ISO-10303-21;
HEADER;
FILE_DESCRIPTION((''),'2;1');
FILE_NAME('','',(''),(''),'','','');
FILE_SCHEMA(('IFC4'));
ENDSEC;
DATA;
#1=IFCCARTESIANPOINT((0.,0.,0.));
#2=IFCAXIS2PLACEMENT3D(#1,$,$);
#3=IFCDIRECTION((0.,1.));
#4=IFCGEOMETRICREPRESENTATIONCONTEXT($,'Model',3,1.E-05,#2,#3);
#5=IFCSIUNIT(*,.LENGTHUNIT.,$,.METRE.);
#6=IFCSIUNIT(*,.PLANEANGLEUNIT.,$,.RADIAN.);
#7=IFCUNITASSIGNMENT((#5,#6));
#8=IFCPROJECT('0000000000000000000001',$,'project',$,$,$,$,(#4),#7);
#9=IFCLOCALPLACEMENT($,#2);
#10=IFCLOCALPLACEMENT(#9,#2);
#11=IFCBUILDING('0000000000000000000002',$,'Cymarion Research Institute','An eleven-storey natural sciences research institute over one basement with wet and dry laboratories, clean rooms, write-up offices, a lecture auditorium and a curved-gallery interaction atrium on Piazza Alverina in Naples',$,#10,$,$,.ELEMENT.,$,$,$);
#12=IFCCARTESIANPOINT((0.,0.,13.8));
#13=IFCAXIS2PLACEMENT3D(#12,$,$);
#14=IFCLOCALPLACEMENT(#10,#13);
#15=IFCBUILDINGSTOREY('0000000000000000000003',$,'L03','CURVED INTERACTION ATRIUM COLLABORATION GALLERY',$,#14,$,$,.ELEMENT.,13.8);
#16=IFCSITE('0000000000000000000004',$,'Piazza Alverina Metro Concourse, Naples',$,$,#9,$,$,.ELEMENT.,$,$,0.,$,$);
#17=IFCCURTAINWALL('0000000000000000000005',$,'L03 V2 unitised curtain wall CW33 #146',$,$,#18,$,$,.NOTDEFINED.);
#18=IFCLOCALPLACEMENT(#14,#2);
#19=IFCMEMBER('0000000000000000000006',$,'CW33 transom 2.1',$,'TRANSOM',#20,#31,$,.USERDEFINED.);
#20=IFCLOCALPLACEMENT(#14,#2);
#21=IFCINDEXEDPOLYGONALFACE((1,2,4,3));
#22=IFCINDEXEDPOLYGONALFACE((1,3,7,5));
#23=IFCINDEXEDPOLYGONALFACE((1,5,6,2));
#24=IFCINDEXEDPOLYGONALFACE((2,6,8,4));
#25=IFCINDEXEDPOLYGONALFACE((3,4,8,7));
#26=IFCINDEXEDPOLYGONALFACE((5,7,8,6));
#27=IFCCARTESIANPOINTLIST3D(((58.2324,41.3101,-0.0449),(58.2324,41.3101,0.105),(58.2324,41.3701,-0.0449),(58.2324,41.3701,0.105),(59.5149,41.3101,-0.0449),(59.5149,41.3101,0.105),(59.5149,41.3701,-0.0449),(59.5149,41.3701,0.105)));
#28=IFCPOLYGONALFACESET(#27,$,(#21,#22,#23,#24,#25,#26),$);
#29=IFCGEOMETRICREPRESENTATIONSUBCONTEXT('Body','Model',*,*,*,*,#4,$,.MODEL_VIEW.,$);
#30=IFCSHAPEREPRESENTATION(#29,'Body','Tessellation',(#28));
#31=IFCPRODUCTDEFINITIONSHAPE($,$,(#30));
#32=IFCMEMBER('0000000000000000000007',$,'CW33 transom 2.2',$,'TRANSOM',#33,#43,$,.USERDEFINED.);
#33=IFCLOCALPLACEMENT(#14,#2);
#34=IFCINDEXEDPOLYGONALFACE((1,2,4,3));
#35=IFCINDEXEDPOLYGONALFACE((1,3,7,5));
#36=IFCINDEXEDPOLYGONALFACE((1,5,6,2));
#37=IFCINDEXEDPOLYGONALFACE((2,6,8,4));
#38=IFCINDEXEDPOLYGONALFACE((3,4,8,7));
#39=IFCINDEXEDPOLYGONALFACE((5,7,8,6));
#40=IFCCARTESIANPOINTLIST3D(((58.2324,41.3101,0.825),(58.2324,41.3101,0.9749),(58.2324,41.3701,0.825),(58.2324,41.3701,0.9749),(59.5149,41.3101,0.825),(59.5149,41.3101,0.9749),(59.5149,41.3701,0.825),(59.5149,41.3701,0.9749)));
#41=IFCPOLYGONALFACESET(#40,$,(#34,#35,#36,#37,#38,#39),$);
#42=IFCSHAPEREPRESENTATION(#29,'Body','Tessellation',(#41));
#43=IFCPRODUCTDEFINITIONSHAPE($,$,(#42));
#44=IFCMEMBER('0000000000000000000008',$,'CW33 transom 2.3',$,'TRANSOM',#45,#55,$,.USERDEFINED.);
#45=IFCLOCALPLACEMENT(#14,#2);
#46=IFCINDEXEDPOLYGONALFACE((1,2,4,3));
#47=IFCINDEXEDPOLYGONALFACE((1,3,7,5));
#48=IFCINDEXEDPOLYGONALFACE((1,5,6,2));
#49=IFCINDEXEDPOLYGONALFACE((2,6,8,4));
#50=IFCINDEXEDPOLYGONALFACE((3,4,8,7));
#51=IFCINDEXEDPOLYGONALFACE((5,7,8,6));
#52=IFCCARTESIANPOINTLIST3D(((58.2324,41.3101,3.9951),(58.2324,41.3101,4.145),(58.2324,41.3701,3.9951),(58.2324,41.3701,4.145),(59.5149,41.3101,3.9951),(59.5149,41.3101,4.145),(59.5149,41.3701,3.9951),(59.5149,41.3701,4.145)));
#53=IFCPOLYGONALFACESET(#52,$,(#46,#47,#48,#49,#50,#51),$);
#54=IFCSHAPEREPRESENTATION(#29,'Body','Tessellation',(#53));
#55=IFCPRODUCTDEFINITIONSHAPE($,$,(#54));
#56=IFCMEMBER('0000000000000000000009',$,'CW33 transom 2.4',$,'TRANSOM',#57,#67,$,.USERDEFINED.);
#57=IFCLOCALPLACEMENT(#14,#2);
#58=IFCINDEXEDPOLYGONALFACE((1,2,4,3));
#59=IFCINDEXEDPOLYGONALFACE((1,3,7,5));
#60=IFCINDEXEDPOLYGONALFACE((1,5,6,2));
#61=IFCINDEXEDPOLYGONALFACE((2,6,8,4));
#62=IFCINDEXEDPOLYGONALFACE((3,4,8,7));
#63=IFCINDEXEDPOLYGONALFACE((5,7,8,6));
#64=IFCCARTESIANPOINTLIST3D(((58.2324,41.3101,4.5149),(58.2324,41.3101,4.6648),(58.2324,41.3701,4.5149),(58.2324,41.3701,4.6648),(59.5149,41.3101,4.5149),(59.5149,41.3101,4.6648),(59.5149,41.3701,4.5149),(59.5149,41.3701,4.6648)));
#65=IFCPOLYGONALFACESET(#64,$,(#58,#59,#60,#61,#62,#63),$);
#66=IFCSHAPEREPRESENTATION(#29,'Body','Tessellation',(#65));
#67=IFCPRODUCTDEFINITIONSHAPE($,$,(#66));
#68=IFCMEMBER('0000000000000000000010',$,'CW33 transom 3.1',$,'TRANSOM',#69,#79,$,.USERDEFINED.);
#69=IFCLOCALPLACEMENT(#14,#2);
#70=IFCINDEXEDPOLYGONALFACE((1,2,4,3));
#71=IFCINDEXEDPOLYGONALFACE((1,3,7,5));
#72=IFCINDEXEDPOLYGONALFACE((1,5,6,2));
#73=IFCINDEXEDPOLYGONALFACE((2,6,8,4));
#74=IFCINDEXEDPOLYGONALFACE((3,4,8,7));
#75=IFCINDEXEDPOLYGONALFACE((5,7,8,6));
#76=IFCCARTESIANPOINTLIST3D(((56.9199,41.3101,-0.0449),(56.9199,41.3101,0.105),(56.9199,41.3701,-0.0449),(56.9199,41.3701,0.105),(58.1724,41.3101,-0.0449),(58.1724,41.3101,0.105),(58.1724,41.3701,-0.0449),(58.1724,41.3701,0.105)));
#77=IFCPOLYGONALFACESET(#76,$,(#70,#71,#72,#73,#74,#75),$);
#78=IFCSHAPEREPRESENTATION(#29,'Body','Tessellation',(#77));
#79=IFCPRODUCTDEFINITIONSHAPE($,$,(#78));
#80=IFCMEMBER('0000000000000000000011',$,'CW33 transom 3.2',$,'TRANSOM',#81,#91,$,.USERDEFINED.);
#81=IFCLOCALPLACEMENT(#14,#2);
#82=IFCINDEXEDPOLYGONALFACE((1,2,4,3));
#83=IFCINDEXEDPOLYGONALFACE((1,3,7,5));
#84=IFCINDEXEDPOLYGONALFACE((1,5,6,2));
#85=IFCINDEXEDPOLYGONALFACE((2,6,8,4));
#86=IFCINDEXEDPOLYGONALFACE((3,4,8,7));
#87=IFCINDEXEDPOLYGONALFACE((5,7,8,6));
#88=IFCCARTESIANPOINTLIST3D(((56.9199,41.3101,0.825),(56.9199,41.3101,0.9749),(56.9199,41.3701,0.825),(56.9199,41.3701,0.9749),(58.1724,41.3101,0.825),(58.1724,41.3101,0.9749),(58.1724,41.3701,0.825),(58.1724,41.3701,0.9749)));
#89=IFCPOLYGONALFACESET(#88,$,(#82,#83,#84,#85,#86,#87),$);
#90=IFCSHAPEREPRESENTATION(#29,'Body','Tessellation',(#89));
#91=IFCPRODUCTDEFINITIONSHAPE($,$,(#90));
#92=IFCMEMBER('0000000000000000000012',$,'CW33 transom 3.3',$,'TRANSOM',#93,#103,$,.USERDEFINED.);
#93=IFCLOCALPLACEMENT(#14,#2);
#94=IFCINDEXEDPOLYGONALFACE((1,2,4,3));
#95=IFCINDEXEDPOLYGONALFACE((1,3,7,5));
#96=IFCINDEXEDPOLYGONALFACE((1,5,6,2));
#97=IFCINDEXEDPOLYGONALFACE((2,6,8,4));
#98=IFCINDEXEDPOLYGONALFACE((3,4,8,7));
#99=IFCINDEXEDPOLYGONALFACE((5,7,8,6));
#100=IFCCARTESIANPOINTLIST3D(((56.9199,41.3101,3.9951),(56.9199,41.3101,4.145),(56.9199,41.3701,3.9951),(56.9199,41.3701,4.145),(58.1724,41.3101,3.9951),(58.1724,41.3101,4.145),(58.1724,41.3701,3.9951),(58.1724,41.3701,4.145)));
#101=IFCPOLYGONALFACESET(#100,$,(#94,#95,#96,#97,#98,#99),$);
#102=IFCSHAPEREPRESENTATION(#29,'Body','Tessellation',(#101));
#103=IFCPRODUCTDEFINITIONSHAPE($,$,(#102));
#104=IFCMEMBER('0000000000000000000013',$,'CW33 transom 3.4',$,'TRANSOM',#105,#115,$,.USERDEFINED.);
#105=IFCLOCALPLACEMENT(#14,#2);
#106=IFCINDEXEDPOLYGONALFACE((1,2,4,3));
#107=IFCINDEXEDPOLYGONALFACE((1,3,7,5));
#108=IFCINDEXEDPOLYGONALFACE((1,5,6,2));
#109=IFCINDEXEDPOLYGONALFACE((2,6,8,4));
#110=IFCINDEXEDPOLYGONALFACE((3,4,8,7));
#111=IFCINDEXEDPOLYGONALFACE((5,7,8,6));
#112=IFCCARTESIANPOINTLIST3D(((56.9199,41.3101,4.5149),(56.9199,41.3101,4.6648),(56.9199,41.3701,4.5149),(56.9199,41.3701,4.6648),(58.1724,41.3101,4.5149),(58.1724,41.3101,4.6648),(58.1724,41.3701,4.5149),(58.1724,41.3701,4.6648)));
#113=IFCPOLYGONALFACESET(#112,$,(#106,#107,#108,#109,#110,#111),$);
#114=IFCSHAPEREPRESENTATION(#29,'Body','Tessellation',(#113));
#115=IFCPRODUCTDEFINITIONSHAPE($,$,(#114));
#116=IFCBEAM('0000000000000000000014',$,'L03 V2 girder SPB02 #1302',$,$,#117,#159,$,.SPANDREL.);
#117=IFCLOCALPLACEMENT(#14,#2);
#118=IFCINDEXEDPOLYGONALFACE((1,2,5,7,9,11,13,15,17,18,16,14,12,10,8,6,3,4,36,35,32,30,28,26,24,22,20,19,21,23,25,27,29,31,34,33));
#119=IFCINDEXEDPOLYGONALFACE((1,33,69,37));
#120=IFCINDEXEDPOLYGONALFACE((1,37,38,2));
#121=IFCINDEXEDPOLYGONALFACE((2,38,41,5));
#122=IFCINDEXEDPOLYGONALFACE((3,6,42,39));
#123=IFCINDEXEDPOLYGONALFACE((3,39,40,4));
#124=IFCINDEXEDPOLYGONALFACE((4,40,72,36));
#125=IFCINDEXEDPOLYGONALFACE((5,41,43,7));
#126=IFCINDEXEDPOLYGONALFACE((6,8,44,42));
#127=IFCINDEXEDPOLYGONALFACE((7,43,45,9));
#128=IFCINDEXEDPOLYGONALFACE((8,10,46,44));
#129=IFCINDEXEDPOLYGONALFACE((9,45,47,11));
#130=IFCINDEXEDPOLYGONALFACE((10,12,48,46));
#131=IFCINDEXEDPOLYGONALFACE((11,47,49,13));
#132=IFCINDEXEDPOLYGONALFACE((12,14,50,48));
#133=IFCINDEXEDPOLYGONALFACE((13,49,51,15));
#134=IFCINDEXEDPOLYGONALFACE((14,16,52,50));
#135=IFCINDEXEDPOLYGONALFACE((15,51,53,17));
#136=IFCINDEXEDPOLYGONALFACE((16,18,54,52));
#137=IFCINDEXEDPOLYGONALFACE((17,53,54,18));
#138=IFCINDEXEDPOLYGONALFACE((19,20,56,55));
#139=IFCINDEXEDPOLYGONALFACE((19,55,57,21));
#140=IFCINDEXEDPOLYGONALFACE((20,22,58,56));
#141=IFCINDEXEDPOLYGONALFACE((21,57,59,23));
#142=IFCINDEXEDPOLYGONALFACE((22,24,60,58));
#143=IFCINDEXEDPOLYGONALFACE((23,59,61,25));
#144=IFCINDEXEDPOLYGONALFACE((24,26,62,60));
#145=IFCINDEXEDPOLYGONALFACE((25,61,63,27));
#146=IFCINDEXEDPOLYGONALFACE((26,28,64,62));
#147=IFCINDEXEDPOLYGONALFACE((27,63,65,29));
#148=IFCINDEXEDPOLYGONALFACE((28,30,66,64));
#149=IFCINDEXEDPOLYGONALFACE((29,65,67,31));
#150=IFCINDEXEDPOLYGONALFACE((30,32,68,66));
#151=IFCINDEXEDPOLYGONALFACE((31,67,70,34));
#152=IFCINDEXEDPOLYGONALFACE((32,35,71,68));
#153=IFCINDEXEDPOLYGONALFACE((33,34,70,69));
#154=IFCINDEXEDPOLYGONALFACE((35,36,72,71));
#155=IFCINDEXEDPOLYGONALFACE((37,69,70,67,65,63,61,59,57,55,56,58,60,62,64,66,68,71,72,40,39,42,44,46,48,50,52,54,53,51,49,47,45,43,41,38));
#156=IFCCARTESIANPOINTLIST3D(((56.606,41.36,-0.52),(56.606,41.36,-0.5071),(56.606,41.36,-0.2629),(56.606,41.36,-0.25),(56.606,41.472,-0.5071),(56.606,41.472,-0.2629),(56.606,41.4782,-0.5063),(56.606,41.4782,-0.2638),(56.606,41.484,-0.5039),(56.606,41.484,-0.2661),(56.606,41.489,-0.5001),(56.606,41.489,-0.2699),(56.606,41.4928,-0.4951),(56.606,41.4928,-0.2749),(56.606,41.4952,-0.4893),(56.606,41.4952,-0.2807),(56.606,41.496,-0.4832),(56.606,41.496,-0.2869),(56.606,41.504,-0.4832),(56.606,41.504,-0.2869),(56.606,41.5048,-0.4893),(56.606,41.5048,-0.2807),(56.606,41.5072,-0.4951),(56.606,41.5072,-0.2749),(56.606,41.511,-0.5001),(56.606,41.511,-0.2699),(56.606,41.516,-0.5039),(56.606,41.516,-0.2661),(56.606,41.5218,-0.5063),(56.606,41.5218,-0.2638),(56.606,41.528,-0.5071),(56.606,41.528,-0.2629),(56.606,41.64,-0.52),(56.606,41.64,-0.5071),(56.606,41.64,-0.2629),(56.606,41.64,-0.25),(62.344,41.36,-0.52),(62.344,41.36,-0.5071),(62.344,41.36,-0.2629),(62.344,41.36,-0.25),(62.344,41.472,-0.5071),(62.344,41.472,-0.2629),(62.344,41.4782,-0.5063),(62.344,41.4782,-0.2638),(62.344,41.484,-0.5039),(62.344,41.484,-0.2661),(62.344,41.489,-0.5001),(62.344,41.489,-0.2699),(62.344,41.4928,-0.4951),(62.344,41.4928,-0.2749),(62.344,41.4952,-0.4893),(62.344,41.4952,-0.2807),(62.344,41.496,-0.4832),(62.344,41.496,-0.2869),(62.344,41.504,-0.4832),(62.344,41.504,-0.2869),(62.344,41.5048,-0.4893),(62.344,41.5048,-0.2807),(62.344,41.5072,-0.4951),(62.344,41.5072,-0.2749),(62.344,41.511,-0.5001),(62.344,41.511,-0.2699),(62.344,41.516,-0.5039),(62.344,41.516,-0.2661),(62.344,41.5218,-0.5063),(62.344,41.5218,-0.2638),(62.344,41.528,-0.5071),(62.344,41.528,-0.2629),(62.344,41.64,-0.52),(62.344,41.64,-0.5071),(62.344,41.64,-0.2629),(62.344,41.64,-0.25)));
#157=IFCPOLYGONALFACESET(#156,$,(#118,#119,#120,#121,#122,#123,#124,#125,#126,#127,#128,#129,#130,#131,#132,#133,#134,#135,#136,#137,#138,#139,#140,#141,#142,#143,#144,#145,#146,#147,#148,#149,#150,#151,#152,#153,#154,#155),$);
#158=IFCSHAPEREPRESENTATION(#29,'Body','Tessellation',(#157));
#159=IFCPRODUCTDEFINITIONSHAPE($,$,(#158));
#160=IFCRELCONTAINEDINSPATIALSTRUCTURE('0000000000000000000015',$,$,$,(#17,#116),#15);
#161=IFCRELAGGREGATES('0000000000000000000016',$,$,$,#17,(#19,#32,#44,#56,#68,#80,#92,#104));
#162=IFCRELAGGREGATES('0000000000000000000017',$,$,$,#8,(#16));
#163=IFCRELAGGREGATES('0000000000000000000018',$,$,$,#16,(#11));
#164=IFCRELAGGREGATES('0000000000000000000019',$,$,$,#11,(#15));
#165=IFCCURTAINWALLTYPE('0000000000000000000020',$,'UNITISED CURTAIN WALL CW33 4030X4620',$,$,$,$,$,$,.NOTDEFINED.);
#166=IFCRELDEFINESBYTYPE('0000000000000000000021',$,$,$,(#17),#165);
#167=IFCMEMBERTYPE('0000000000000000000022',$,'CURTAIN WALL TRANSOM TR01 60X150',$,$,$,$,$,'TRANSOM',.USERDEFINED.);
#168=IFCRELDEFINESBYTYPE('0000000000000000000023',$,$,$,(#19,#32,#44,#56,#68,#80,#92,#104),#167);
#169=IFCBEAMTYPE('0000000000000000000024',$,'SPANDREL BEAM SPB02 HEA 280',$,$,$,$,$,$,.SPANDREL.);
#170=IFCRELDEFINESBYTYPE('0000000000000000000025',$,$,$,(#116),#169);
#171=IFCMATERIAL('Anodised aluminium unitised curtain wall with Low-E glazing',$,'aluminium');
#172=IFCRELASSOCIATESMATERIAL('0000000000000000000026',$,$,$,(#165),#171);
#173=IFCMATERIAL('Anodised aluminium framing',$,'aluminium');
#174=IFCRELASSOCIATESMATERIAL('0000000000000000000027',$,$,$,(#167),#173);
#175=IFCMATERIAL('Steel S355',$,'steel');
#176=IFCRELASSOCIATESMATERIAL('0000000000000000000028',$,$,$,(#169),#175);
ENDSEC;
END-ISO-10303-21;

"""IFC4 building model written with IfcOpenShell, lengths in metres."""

from ifc_helpers import new_model, si_unit, direction, frame, origin, origin_2d, place, context, subcontext, project, spatial, rectangle, i_section, extrude, material, material_profile, profile_set, type_object, element, aggregate, save


model = new_model("IFC4")

# Units and contexts
model_context = context("Model", 3, precision=1e-05, world=origin(), true_north=direction((0.0, 1.0)))
body_context = subcontext(model_context, "Body", "Model", "MODEL_VIEW")
ifc_project = project(units=[si_unit("LENGTHUNIT", "METRE"), si_unit("PLANEANGLEUNIT", "RADIAN")], contexts=[model_context])

# Site, building, storey
site_placement = place(None, origin())
site = spatial("IfcSite", under=ifc_project, at=site_placement, Name="Piazza Alverina Metro Concourse, Naples", CompositionType="ELEMENT", RefElevation=0.0)
building_placement = place(site_placement, origin())
building = spatial("IfcBuilding", under=site, at=building_placement, Name="Cymarion Research Institute", Description="An eleven-storey natural sciences research institute over one basement with wet and dry laboratories, clean rooms, write-up offices, a lecture auditorium and a curved-gallery interaction atrium on Piazza Alverina in Naples", CompositionType="ELEMENT")
storey_placement = place(building_placement, frame((0.0, 0.0, 13.8)))
storey = spatial("IfcBuildingStorey", under=building, at=storey_placement, Name="L03", Description="CURVED INTERACTION ATRIUM COLLABORATION GALLERY", CompositionType="ELEMENT", Elevation=13.8)

# Shared definitions
ifc_material_1 = material(Name="Steel S355", Category="steel")

# Curtain wall, members
ifc_material_2 = material(Name="Anodised aluminium unitised curtain wall with Low-E glazing", Category="aluminium")
curtain_wall_type = type_object("IfcCurtainWallType", Name="UNITISED CURTAIN WALL CW33 4030X4620", PredefinedType="NOTDEFINED", material=ifc_material_2)
curtain_wall_placement = place(storey_placement, origin())
curtain_wall = element("IfcCurtainWall", 1, at=curtain_wall_placement, inside=storey, type_object=curtain_wall_type, Name="L03 V2 unitised curtain wall CW33 #146", PredefinedType="NOTDEFINED")
ifc_material_3 = material(Name="Anodised aluminium framing", Category="aluminium")
ifc_material_profile_1 = material_profile(ifc_material_3, rectangle(XDim=0.0601, YDim=0.1499, at=origin_2d()), Name="ALU TRANSOM 60x150")
ifc_profile_set_1 = profile_set([ifc_material_profile_1], Name="Anodised aluminium framing")
member_type_1 = type_object("IfcMemberType", Name="CURTAIN WALL TRANSOM TR01 60X150", ElementType="TRANSOM", PredefinedType="USERDEFINED", material=ifc_profile_set_1)
member_1_placement = place(storey_placement, frame((59.5149, 41.3401, 0.03), z_axis=(-1.0, 0.0, 0.0), x_axis=(0.0, -1.0, 0.0)))
member_1 = element("IfcMember", 2, at=member_1_placement, type_object=member_type_1, Name="CW33 transom 2.1", ObjectType="TRANSOM", PredefinedType="USERDEFINED", context=body_context, shape_type="SweptSolid", body=[
    extrude(rectangle(XDim=0.0601, YDim=0.1499, at=origin_2d()), origin(), (0.0, 0.0, 1.0), 1.2825),
])
member_2_placement = place(storey_placement, frame((59.5149, 41.3401, 0.8999), z_axis=(-1.0, 0.0, 0.0), x_axis=(0.0, -1.0, 0.0)))
member_2 = element("IfcMember", 3, at=member_2_placement, type_object=member_type_1, Name="CW33 transom 2.2", ObjectType="TRANSOM", PredefinedType="USERDEFINED", context=body_context, shape_type="SweptSolid", body=[
    extrude(rectangle(XDim=0.0601, YDim=0.1499, at=origin_2d()), origin(), (0.0, 0.0, 1.0), 1.2825),
])
member_3_placement = place(storey_placement, frame((59.5149, 41.3401, 4.0701), z_axis=(-1.0, 0.0, 0.0), x_axis=(0.0, -1.0, 0.0)))
member_3 = element("IfcMember", 4, at=member_3_placement, type_object=member_type_1, Name="CW33 transom 2.3", ObjectType="TRANSOM", PredefinedType="USERDEFINED", context=body_context, shape_type="SweptSolid", body=[
    extrude(rectangle(XDim=0.0601, YDim=0.1499, at=origin_2d()), origin(), (0.0, 0.0, 1.0), 1.2825),
])
member_4_placement = place(storey_placement, frame((59.5149, 41.3401, 4.5898), z_axis=(-1.0, 0.0, 0.0), x_axis=(0.0, -1.0, 0.0)))
member_4 = element("IfcMember", 5, at=member_4_placement, type_object=member_type_1, Name="CW33 transom 2.4", ObjectType="TRANSOM", PredefinedType="USERDEFINED", context=body_context, shape_type="SweptSolid", body=[
    extrude(rectangle(XDim=0.0601, YDim=0.1499, at=origin_2d()), origin(), (0.0, 0.0, 1.0), 1.2825),
])
member_5_placement = place(storey_placement, frame((58.1724, 41.3401, 0.03), z_axis=(-1.0, 0.0, 0.0), x_axis=(0.0, -1.0, 0.0)))
member_5 = element("IfcMember", 6, at=member_5_placement, type_object=member_type_1, Name="CW33 transom 3.1", ObjectType="TRANSOM", PredefinedType="USERDEFINED", context=body_context, shape_type="SweptSolid", body=[
    extrude(rectangle(XDim=0.0601, YDim=0.1499, at=origin_2d()), origin(), (0.0, 0.0, 1.0), 1.2524),
])
member_6_placement = place(storey_placement, frame((58.1724, 41.3401, 0.8999), z_axis=(-1.0, 0.0, 0.0), x_axis=(0.0, -1.0, 0.0)))
member_6 = element("IfcMember", 7, at=member_6_placement, type_object=member_type_1, Name="CW33 transom 3.2", ObjectType="TRANSOM", PredefinedType="USERDEFINED", context=body_context, shape_type="SweptSolid", body=[
    extrude(rectangle(XDim=0.0601, YDim=0.1499, at=origin_2d()), origin(), (0.0, 0.0, 1.0), 1.2524),
])
member_7_placement = place(storey_placement, frame((58.1724, 41.3401, 4.0701), z_axis=(-1.0, 0.0, 0.0), x_axis=(0.0, -1.0, 0.0)))
member_7 = element("IfcMember", 8, at=member_7_placement, type_object=member_type_1, Name="CW33 transom 3.3", ObjectType="TRANSOM", PredefinedType="USERDEFINED", context=body_context, shape_type="SweptSolid", body=[
    extrude(rectangle(XDim=0.0601, YDim=0.1499, at=origin_2d()), origin(), (0.0, 0.0, 1.0), 1.2524),
])
member_8_placement = place(storey_placement, frame((58.1724, 41.3401, 4.5898), z_axis=(-1.0, 0.0, 0.0), x_axis=(0.0, -1.0, 0.0)))
member_8 = element("IfcMember", 9, at=member_8_placement, type_object=member_type_1, Name="CW33 transom 3.4", ObjectType="TRANSOM", PredefinedType="USERDEFINED", context=body_context, shape_type="SweptSolid", body=[
    extrude(rectangle(XDim=0.0601, YDim=0.1499, at=origin_2d()), origin(), (0.0, 0.0, 1.0), 1.2524),
])

# Beam
ifc_material_profile_2 = material_profile(ifc_material_1, i_section(OverallWidth=0.28, OverallDepth=0.27, WebThickness=0.0081, FlangeThickness=0.0129, FilletRadius=0.0239, at=origin_2d()), Name="HEA 280")
ifc_profile_set_2 = profile_set([ifc_material_profile_2], Name="Steel S355")
beam_type = type_object("IfcBeamType", Name="SPANDREL BEAM SPB02 HEA 280", PredefinedType="SPANDREL", material=ifc_profile_set_2)
for number, where, z_axis, x_axis, name in (
    (10, (56.606, 41.5, -0.385), (1.0, 0.0, 0.0), (0.0, 1.0, 0.0), "L03 V2 girder SPB02 #1302"),
):
    element("IfcBeam", number, at=place(storey_placement, frame(where, z_axis=z_axis, x_axis=x_axis)), inside=storey, type_object=beam_type, Name=name, PredefinedType="SPANDREL", context=body_context, shape_type="SweptSolid", body=[
        extrude(i_section(OverallWidth=0.28, OverallDepth=0.27, WebThickness=0.0081, FlangeThickness=0.0129, FilletRadius=0.0239, at=origin_2d()), origin(), (0.0, 0.0, 1.0), 5.738),
    ])

aggregate(curtain_wall, [member_1, member_2, member_3, member_4, member_5, member_6, member_7, member_8])

save(model, "model.ifc")
